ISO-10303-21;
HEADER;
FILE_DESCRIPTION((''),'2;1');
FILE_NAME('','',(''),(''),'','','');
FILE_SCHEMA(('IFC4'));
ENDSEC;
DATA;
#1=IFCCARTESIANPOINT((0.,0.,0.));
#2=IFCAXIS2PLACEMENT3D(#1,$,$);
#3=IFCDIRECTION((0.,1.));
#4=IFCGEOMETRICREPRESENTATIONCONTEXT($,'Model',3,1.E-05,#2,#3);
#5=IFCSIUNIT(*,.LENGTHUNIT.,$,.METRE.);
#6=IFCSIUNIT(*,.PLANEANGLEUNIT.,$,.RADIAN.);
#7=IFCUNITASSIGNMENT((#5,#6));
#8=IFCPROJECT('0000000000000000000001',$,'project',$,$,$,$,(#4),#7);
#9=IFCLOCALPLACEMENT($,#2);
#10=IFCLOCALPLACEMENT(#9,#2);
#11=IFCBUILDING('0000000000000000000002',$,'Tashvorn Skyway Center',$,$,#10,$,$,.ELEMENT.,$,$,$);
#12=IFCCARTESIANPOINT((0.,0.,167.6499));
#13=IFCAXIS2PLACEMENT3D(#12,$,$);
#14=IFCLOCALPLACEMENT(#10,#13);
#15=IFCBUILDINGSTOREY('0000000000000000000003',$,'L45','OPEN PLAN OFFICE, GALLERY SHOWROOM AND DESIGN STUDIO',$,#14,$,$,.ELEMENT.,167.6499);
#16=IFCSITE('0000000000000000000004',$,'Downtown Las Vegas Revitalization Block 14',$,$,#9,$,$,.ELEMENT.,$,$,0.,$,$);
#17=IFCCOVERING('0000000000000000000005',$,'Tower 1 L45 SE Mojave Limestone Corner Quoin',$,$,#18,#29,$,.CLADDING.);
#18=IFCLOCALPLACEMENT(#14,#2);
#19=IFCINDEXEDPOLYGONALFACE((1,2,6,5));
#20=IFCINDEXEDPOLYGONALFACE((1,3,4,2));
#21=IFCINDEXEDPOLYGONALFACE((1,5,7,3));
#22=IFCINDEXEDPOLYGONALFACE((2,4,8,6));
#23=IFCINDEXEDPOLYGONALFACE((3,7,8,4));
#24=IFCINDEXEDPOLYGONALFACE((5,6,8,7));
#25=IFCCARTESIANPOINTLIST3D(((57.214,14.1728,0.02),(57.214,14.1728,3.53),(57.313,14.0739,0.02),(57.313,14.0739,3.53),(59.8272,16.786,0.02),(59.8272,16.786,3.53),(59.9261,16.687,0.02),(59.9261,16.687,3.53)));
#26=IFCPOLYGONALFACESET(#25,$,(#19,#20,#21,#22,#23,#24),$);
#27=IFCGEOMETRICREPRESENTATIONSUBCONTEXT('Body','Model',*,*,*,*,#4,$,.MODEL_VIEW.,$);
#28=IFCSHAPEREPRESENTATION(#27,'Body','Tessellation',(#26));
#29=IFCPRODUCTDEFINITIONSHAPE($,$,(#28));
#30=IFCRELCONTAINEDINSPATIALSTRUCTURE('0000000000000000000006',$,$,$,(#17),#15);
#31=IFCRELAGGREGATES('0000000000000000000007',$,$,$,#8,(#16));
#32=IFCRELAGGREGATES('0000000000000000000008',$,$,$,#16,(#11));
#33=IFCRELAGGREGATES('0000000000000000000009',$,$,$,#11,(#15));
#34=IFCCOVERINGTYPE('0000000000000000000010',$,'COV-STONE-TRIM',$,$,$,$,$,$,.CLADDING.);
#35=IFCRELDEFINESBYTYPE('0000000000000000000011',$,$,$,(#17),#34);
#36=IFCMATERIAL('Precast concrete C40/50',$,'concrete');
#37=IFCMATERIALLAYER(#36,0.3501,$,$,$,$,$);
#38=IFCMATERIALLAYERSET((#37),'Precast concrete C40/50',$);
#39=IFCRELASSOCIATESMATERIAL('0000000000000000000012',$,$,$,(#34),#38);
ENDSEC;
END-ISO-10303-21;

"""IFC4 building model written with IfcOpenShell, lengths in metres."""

from ifc_helpers import new_model, si_unit, direction, frame, origin, origin_2d, place, context, subcontext, project, spatial, rectangle, extrude, material, layer, layer_set, type_object, element, save


model = new_model("IFC4")

# Units and contexts
model_context = context("Model", 3, precision=1e-05, world=origin(), true_north=direction((0.0, 1.0)))
body_context = subcontext(model_context, "Body", "Model", "MODEL_VIEW")
ifc_project = project(units=[si_unit("LENGTHUNIT", "METRE"), si_unit("PLANEANGLEUNIT", "RADIAN")], contexts=[model_context])

# Site, building, storey
site_placement = place(None, origin())
site = spatial("IfcSite", under=ifc_project, at=site_placement, Name="Downtown Las Vegas Revitalization Block 14", CompositionType="ELEMENT", RefElevation=0.0)
building_placement = place(site_placement, origin())
building = spatial("IfcBuilding", under=site, at=building_placement, Name="Tashvorn Skyway Center", CompositionType="ELEMENT")
storey_placement = place(building_placement, frame((0.0, 0.0, 167.6499)))
storey = spatial("IfcBuildingStorey", under=building, at=storey_placement, Name="L45", Description="OPEN PLAN OFFICE, GALLERY SHOWROOM AND DESIGN STUDIO", CompositionType="ELEMENT", Elevation=167.6499)

# Covering
ifc_material_1 = material(Name="Precast concrete C40/50", Category="concrete")
ifc_layer_1 = layer(ifc_material_1, 0.3501)
ifc_layer_set_1 = layer_set([ifc_layer_1], Name="Precast concrete C40/50")
covering_type_1 = type_object("IfcCoveringType", Name="COV-STONE-TRIM", PredefinedType="CLADDING", material=ifc_layer_set_1)
covering_1_placement = place(storey_placement, frame((58.5701, 15.4299, 0.02), z_axis=(0.0, 0.0, 1.0), x_axis=(0.707107, 0.707107, 0.0)))
element("IfcCovering", 1, at=covering_1_placement, inside=storey, type_object=covering_type_1, Name="Tower 1 L45 SE Mojave Limestone Corner Quoin", PredefinedType="CLADDING", context=body_context, shape_type="SweptSolid", body=[
    extrude(rectangle(XDim=3.6956, YDim=0.1399, at=origin_2d()), origin(), (0.0, 0.0, 1.0), 3.51),
])

save(model, "model.ifc")
